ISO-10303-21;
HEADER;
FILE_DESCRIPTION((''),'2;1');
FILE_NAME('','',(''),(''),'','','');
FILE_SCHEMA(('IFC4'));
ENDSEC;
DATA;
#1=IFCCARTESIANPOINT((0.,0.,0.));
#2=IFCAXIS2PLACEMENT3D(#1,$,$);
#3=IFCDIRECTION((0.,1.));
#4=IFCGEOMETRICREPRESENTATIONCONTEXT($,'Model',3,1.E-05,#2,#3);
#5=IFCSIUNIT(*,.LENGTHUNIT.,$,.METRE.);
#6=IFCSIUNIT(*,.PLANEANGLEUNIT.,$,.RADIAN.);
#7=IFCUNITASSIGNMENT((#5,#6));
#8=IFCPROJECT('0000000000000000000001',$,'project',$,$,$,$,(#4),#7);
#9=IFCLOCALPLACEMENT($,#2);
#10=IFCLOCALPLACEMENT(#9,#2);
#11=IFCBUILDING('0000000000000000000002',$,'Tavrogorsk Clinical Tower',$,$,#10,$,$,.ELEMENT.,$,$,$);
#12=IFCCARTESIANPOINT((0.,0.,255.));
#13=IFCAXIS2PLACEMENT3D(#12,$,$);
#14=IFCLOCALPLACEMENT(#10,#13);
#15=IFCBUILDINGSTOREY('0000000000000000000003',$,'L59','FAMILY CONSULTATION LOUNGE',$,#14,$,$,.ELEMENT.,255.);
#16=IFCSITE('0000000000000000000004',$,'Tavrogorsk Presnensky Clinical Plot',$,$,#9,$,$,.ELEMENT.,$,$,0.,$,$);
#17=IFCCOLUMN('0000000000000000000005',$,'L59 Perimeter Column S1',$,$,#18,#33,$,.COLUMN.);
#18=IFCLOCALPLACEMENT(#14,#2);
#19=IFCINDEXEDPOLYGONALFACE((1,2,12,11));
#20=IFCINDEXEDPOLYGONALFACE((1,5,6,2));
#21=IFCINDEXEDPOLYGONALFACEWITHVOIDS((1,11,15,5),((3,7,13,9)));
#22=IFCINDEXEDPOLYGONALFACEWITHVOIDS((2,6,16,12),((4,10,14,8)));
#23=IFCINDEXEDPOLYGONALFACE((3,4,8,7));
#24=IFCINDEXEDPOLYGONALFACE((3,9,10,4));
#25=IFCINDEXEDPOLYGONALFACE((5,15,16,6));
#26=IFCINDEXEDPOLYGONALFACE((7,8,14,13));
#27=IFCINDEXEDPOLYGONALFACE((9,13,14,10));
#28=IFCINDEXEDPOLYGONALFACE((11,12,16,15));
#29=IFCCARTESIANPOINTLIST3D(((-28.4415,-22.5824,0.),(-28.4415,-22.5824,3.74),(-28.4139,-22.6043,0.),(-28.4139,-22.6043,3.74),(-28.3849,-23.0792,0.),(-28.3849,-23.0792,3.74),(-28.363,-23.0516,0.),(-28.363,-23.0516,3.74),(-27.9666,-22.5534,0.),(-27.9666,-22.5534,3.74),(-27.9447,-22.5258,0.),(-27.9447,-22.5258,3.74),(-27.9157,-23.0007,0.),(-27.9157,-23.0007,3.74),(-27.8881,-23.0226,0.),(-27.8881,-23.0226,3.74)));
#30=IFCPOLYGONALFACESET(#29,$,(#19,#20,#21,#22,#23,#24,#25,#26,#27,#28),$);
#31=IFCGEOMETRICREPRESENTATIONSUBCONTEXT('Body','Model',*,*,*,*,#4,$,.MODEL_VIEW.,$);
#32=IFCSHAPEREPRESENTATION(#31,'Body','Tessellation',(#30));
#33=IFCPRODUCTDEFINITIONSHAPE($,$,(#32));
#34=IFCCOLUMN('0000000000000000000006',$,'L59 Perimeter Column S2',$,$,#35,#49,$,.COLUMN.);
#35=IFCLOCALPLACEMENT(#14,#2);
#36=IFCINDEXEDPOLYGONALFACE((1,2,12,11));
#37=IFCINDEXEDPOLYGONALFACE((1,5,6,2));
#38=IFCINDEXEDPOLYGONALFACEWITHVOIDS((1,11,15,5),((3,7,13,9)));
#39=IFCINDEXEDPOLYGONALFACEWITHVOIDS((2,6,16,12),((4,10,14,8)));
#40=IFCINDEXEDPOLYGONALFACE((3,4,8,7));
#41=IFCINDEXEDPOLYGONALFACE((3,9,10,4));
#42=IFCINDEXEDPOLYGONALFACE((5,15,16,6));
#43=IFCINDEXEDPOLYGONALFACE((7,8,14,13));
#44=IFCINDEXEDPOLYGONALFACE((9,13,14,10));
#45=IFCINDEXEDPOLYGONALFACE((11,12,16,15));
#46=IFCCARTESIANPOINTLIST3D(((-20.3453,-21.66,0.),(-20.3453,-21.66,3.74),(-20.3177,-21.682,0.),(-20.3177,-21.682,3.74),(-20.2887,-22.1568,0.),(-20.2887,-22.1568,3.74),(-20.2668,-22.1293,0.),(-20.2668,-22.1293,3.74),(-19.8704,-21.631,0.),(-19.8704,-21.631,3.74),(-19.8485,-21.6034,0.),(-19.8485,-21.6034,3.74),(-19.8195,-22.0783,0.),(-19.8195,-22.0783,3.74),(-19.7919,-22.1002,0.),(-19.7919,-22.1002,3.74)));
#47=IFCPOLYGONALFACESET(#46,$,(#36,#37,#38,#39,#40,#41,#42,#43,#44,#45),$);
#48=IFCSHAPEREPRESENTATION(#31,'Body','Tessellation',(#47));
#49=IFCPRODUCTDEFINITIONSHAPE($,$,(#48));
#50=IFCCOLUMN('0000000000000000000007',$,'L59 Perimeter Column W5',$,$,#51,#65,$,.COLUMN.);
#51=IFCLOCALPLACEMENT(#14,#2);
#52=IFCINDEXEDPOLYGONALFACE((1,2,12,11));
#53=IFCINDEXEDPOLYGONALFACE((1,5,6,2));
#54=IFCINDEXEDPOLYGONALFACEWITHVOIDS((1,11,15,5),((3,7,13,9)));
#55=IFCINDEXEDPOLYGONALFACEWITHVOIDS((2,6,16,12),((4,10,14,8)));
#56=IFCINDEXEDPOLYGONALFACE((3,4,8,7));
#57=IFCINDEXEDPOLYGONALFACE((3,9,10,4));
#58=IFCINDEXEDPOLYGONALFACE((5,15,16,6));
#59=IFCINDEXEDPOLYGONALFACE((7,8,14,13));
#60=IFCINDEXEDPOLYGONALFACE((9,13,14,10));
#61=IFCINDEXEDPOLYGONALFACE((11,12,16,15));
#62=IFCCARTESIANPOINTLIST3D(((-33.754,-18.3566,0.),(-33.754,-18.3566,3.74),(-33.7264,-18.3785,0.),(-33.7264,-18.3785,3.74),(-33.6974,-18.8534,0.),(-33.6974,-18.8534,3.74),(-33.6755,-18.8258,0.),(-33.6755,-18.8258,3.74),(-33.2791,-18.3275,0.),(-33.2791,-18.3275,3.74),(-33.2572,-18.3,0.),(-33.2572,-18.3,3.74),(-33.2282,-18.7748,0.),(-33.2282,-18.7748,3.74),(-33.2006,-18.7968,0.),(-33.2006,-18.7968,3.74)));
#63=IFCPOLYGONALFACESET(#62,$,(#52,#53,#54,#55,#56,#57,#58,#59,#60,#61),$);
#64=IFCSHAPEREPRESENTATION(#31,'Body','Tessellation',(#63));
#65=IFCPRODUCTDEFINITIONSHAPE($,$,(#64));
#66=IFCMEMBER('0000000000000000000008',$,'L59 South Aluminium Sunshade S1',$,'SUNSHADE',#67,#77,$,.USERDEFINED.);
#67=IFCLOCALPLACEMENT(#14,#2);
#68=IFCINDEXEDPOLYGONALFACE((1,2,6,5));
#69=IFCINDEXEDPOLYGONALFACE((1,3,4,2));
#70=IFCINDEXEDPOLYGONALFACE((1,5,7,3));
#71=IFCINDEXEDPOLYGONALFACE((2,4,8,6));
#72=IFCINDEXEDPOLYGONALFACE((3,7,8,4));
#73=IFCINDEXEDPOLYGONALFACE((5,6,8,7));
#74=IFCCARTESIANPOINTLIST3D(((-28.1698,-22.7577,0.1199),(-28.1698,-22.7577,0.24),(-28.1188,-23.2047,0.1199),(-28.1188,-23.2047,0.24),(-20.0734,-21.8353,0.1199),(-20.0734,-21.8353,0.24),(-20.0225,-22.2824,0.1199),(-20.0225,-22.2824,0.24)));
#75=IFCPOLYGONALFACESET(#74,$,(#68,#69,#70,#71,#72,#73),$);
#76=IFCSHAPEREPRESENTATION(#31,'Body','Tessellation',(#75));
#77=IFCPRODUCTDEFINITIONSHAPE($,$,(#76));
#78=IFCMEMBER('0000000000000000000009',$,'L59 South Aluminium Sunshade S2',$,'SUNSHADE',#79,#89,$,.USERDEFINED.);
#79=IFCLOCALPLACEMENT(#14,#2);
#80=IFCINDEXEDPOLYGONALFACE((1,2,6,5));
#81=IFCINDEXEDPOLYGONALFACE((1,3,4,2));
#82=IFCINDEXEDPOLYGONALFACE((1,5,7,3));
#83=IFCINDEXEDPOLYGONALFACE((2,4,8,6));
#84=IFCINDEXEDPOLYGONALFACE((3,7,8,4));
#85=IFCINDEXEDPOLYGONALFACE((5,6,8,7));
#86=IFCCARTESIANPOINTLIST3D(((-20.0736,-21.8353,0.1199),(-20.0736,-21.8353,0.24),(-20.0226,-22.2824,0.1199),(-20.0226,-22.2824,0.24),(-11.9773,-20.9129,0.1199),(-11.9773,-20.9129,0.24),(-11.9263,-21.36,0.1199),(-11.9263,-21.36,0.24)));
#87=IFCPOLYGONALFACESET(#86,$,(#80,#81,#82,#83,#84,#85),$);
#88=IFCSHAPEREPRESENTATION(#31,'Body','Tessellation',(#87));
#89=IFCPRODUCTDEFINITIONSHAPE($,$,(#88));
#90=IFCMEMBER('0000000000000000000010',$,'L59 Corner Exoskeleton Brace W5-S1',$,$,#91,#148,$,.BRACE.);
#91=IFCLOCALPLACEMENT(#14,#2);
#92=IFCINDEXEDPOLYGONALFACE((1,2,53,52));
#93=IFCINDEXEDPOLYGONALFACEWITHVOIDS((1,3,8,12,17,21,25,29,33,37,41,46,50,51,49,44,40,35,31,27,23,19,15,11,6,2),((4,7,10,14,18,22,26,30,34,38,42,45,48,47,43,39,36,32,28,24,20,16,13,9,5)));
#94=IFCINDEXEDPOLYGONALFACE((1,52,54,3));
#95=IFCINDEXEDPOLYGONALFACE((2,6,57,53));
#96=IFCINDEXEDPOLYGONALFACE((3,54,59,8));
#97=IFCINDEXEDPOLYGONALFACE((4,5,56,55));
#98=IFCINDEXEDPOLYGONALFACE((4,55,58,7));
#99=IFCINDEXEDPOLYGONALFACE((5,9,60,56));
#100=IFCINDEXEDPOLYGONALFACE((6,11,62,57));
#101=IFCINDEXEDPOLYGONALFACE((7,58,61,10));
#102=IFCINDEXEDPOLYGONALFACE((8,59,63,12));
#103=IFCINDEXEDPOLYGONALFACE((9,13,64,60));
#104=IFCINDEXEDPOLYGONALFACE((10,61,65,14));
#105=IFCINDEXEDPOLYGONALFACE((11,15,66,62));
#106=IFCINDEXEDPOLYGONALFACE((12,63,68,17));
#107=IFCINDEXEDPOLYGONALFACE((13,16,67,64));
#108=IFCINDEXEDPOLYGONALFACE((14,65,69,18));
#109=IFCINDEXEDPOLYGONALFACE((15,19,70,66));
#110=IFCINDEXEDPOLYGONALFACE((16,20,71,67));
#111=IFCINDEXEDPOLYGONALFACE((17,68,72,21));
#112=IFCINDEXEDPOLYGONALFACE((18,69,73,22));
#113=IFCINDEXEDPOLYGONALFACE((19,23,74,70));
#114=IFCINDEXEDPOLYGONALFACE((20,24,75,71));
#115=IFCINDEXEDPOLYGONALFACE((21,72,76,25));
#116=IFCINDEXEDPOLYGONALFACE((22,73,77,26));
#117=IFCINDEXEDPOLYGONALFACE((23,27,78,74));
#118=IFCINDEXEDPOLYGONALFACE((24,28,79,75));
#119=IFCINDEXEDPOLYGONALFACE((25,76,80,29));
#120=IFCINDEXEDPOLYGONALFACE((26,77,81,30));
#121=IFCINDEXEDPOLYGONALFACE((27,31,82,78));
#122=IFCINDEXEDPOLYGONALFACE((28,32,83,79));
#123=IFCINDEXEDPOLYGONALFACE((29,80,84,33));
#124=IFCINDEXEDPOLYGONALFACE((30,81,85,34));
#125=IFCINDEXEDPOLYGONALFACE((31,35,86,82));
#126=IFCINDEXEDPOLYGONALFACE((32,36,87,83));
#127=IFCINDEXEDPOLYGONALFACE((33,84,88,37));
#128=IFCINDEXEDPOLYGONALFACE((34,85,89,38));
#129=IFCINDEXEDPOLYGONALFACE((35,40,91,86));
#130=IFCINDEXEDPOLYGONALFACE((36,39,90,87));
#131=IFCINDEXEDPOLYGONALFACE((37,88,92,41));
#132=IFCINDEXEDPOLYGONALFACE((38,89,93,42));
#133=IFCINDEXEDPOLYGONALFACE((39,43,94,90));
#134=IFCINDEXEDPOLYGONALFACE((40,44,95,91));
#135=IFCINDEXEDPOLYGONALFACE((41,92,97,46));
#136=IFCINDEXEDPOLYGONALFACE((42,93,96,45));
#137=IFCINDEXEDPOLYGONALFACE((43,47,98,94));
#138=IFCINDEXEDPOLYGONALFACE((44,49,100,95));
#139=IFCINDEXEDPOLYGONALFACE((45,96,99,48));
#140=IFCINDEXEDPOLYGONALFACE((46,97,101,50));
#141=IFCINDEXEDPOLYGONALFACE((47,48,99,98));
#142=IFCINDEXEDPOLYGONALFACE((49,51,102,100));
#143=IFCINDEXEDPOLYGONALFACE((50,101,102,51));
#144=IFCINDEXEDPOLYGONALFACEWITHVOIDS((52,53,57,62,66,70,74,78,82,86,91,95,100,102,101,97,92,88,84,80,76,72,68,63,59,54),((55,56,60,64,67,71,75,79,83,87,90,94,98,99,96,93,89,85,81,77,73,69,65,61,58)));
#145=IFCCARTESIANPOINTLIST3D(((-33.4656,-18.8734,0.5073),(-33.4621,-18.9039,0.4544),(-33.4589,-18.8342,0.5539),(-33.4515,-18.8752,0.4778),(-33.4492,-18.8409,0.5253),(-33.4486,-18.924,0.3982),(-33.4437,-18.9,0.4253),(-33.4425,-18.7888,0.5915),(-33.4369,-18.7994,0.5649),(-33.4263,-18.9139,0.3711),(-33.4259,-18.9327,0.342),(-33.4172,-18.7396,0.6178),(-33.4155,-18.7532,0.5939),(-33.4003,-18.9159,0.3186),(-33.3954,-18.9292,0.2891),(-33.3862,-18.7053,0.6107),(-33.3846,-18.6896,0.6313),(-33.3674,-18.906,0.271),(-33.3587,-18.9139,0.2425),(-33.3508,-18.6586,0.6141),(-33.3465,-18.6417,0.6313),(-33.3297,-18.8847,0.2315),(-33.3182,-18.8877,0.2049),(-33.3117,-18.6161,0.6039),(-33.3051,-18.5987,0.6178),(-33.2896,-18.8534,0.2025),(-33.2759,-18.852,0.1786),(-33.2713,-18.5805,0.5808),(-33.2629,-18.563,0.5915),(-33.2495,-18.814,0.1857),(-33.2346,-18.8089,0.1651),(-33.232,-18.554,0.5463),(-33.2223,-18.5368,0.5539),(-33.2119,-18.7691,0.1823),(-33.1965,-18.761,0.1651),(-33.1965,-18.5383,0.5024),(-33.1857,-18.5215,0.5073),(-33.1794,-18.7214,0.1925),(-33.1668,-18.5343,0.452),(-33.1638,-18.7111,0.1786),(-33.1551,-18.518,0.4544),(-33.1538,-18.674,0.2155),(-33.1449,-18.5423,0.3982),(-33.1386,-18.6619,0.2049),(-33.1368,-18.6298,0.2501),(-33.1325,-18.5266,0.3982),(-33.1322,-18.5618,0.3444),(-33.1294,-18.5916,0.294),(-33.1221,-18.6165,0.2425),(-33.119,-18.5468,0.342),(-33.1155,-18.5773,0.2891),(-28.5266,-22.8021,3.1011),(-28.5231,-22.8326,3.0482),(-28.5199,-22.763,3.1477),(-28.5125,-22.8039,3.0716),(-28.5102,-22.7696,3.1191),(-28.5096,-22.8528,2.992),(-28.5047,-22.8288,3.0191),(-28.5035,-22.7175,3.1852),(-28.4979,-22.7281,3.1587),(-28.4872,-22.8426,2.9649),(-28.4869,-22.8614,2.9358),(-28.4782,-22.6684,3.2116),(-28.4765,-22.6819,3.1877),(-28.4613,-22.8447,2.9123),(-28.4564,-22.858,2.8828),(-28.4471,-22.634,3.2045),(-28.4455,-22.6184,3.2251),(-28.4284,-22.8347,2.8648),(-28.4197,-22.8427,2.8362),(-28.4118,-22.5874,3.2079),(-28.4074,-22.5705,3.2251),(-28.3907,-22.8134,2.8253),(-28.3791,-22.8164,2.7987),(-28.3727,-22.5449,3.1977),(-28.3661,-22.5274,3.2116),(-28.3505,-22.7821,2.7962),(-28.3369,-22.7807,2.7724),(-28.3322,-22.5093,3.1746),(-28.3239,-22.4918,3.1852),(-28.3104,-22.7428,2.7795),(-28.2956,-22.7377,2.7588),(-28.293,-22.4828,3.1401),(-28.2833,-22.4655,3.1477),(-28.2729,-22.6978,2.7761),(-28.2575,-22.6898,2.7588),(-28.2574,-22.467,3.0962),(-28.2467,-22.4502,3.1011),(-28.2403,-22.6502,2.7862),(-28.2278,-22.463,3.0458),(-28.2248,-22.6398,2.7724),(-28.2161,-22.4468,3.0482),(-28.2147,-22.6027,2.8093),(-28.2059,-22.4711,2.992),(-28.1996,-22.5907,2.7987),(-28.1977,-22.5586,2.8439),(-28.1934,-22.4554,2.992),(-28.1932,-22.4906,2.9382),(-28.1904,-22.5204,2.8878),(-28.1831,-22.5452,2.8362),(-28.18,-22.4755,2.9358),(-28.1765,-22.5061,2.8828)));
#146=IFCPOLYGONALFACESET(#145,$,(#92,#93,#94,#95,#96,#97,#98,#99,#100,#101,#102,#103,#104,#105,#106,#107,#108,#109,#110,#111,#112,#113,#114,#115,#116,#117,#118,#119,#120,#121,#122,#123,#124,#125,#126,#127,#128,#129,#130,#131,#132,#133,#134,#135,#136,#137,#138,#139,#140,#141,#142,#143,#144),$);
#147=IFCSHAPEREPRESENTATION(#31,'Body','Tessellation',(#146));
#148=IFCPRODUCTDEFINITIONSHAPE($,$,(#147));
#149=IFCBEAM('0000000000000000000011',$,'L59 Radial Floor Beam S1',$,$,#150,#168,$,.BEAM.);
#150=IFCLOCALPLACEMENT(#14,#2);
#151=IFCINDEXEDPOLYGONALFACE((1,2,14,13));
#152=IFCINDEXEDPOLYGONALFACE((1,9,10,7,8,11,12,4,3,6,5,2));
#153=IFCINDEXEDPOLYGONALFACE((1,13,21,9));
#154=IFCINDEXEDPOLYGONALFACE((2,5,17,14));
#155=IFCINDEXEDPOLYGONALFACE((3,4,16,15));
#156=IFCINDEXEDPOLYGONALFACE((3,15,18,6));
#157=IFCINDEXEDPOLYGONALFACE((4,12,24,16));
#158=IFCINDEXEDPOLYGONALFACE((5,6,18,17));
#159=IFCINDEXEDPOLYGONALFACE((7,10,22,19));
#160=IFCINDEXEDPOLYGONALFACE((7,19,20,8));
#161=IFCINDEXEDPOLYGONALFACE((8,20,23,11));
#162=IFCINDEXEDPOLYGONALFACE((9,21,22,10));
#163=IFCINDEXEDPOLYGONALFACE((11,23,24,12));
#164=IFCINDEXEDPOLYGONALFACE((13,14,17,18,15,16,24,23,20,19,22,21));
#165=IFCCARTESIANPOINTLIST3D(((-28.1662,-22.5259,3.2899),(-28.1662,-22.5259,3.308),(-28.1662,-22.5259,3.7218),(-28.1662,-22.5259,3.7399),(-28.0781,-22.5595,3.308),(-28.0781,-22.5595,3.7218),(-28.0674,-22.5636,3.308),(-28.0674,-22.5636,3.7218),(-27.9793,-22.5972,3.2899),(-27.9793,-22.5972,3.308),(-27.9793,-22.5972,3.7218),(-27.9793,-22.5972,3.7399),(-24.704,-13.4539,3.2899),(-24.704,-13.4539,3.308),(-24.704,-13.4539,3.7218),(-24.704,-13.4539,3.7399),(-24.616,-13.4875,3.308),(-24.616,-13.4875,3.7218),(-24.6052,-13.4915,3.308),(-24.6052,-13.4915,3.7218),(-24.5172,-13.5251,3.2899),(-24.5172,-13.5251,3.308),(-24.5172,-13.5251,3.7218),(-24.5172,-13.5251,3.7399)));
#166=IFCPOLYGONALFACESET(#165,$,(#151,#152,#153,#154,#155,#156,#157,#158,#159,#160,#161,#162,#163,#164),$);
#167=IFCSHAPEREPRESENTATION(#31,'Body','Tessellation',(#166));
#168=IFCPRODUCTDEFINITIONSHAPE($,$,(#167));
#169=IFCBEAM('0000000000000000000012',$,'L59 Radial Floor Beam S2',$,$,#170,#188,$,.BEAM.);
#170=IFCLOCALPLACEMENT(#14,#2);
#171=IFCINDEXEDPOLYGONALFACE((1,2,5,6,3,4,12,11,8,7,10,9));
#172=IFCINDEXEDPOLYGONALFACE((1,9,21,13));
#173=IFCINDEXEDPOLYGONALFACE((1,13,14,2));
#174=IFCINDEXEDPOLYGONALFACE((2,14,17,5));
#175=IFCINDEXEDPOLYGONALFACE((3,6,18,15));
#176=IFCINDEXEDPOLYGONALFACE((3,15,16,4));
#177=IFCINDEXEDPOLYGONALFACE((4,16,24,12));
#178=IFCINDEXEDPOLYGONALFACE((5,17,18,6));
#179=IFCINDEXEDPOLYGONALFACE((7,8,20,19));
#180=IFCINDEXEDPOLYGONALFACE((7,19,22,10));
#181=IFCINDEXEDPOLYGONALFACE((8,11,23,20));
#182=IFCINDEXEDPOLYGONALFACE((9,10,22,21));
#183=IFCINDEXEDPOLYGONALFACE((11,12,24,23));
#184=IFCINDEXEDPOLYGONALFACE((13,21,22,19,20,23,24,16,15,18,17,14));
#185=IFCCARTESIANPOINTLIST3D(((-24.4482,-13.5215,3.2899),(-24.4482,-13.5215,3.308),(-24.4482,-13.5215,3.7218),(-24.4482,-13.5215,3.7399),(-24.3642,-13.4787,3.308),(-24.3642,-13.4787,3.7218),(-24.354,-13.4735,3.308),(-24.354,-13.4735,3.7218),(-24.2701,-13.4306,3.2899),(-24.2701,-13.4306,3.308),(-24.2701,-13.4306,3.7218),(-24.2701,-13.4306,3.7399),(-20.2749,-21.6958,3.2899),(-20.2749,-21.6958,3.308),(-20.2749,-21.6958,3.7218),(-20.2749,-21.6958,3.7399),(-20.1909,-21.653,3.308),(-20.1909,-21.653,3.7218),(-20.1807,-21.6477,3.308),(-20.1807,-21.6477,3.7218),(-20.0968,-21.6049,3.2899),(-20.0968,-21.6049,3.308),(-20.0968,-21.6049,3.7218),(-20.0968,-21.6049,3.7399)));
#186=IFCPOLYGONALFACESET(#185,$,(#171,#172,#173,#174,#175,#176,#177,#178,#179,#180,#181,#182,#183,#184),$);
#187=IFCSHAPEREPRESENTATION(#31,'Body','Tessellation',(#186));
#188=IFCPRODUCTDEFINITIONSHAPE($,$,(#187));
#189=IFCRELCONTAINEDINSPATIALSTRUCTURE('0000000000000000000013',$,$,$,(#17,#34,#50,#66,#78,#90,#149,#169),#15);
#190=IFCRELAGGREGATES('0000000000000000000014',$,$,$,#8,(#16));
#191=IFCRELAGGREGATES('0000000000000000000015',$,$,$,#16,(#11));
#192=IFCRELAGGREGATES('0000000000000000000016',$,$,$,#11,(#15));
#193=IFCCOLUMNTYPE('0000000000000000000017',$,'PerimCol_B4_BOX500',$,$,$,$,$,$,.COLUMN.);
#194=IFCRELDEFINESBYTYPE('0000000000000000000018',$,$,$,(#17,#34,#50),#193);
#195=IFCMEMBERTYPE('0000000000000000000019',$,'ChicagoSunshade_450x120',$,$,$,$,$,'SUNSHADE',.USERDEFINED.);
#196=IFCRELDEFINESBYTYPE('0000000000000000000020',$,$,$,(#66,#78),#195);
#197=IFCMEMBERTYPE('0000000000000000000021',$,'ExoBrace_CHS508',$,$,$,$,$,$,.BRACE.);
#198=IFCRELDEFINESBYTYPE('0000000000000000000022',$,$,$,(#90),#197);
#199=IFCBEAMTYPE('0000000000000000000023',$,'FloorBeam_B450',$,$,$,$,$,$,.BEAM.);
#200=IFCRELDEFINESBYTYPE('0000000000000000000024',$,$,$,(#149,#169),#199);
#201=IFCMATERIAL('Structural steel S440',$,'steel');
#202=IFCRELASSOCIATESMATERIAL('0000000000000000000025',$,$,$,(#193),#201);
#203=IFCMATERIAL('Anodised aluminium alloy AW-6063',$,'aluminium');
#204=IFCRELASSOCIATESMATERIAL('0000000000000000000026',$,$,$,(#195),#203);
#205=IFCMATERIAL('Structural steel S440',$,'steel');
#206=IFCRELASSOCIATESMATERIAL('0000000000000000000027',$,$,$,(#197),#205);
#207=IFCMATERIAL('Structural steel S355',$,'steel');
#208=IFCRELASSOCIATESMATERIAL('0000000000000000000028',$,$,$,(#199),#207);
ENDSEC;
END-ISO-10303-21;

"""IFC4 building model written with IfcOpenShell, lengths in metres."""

from ifc_helpers import new_model, si_unit, direction, frame, origin, origin_2d, place, context, subcontext, project, spatial, rectangle, hollow_rectangle, hollow_circle, i_section, extrude, material, material_profile, profile_set, type_object, element, save


model = new_model("IFC4")

# Units and contexts
model_context = context("Model", 3, precision=1e-05, world=origin(), true_north=direction((0.0, 1.0)))
body_context = subcontext(model_context, "Body", "Model", "MODEL_VIEW")
ifc_project = project(units=[si_unit("LENGTHUNIT", "METRE"), si_unit("PLANEANGLEUNIT", "RADIAN")], contexts=[model_context])

# Site, building, storey
site_placement = place(None, origin())
site = spatial("IfcSite", under=ifc_project, at=site_placement, Name="Tavrogorsk Presnensky Clinical Plot", CompositionType="ELEMENT", RefElevation=0.0)
building_placement = place(site_placement, origin())
building = spatial("IfcBuilding", under=site, at=building_placement, Name="Tavrogorsk Clinical Tower", CompositionType="ELEMENT")
storey_placement = place(building_placement, frame((0.0, 0.0, 255.0)))
storey = spatial("IfcBuildingStorey", under=building, at=storey_placement, Name="L59", Description="FAMILY CONSULTATION LOUNGE", CompositionType="ELEMENT", Elevation=255.0)

# Columns
ifc_material_1 = material(Name="Structural steel S440", Category="steel")
ifc_material_profile_1 = material_profile(ifc_material_1, hollow_rectangle(XDim=0.5, YDim=0.5, WallThickness=0.0249, at=origin_2d()), Name="BOX-500x500x25")
ifc_profile_set_1 = profile_set([ifc_material_profile_1], Name="Structural steel S440")
column_type = type_object("IfcColumnType", Name="PerimCol_B4_BOX500", PredefinedType="COLUMN", material=ifc_profile_set_1)
for number, where, z_axis, x_axis, name in (
    (1, (-28.1648, -22.8025, 0.0), (0.0, 0.0, 1.0), (0.993572, 0.113203, 0.0), "L59 Perimeter Column S1"),
    (2, (-20.0686, -21.8801, 0.0), (0.0, 0.0, 1.0), (0.993572, 0.113203, 0.0), "L59 Perimeter Column S2"),
    (3, (-33.4773, -18.5767, 0.0), (0.0, 0.0, 1.0), (0.993572, 0.113203, 0.0), "L59 Perimeter Column W5"),
):
    element("IfcColumn", number, at=place(storey_placement, frame(where, z_axis=z_axis, x_axis=x_axis)), inside=storey, type_object=column_type, Name=name, PredefinedType="COLUMN", context=body_context, shape_type="SweptSolid", body=[
        extrude(hollow_rectangle(XDim=0.5, YDim=0.5, WallThickness=0.0249, at=origin_2d()), origin(), (0.0, 0.0, 1.0), 3.74),
    ])

# Members
ifc_material_2 = material(Name="Anodised aluminium alloy AW-6063", Category="aluminium")
ifc_material_profile_2 = material_profile(ifc_material_2, rectangle(XDim=0.45, YDim=0.1201, at=origin_2d()), Name="ALU-SUNSHADE-450x120")
ifc_profile_set_2 = profile_set([ifc_material_profile_2], Name="Anodised aluminium alloy AW-6063")
member_type_1 = type_object("IfcMemberType", Name="ChicagoSunshade_450x120", ElementType="SUNSHADE", PredefinedType="USERDEFINED", material=ifc_profile_set_2)
for number, where, z_axis, x_axis, name in (
    (4, (-28.1443, -22.9812, 0.1799), (0.993573, 0.113193, 0.0), (-0.113193, 0.993573, 0.0), "L59 South Aluminium Sunshade S1"),
    (5, (-20.0481, -22.0588, 0.1799), (0.993573, 0.113193, 0.0), (-0.113193, 0.993573, 0.0), "L59 South Aluminium Sunshade S2"),
):
    element("IfcMember", number, at=place(storey_placement, frame(where, z_axis=z_axis, x_axis=x_axis)), inside=storey, type_object=member_type_1, Name=name, ObjectType="SUNSHADE", PredefinedType="USERDEFINED", context=body_context, shape_type="SweptSolid", body=[
        extrude(rectangle(XDim=0.45, YDim=0.1201, at=origin_2d()), origin(), (0.0, 0.0, 1.0), 8.1487),
    ])
ifc_material_3 = material(Name="Structural steel S440", Category="steel")
ifc_material_profile_3 = material_profile(ifc_material_3, hollow_circle(Radius=0.2539, WallThickness=0.02, at=origin_2d()), Name="CHS-508x20")
ifc_profile_set_3 = profile_set([ifc_material_profile_3], Name="Structural steel S440")
member_type_2 = type_object("IfcMemberType", Name="ExoBrace_CHS508", PredefinedType="BRACE", material=ifc_profile_set_3)
member_1_placement = place(storey_placement, frame((-33.2905, -18.7253, 0.3982), z_axis=(0.723852, -0.575789, 0.380138), x_axis=(0.622522, 0.782602, 0.0)))
element("IfcMember", 6, at=member_1_placement, inside=storey, type_object=member_type_2, Name="L59 Corner Exoskeleton Brace W5-S1", PredefinedType="BRACE", context=body_context, shape_type="SweptSolid", body=[
    extrude(hollow_circle(Radius=0.2539, WallThickness=0.02, at=origin_2d()), origin(), (0.0, 0.0, 1.0), 6.8232),
])

# Beams
ifc_material_4 = material(Name="Structural steel S355", Category="steel")
ifc_material_profile_4 = material_profile(ifc_material_4, i_section(OverallWidth=0.2, OverallDepth=0.45, WebThickness=0.0115, FlangeThickness=0.0181, at=origin_2d()), Name="B-450x200x11.5x18")
ifc_profile_set_4 = profile_set([ifc_material_profile_4], Name="Structural steel S355")
beam_type_1 = type_object("IfcBeamType", Name="FloorBeam_B450", PredefinedType="BEAM", material=ifc_profile_set_4)
beam_1_placement = place(storey_placement, frame((-24.6106, -13.4895, 3.5149), z_axis=(-0.356548, -0.934277, 0.0), x_axis=(0.934277, -0.356548, 0.0)))
element("IfcBeam", 7, at=beam_1_placement, inside=storey, type_object=beam_type_1, Name="L59 Radial Floor Beam S1", PredefinedType="BEAM", context=body_context, shape_type="SweptSolid", body=[
    extrude(i_section(OverallWidth=0.2, OverallDepth=0.45, WebThickness=0.0115, FlangeThickness=0.0181, at=origin_2d()), origin(), (0.0, 0.0, 1.0), 9.7102),
])
beam_2_placement = place(storey_placement, frame((-24.3591, -13.4761, 3.5149), z_axis=(0.45471, -0.89064, 0.0), x_axis=(0.89064, 0.45471, 0.0)))
element("IfcBeam", 8, at=beam_2_placement, inside=storey, type_object=beam_type_1, Name="L59 Radial Floor Beam S2", PredefinedType="BEAM", context=body_context, shape_type="SweptSolid", body=[
    extrude(i_section(OverallWidth=0.2, OverallDepth=0.45, WebThickness=0.0115, FlangeThickness=0.0181, at=origin_2d()), origin(), (0.0, 0.0, 1.0), 9.178),
])

save(model, "model.ifc")
